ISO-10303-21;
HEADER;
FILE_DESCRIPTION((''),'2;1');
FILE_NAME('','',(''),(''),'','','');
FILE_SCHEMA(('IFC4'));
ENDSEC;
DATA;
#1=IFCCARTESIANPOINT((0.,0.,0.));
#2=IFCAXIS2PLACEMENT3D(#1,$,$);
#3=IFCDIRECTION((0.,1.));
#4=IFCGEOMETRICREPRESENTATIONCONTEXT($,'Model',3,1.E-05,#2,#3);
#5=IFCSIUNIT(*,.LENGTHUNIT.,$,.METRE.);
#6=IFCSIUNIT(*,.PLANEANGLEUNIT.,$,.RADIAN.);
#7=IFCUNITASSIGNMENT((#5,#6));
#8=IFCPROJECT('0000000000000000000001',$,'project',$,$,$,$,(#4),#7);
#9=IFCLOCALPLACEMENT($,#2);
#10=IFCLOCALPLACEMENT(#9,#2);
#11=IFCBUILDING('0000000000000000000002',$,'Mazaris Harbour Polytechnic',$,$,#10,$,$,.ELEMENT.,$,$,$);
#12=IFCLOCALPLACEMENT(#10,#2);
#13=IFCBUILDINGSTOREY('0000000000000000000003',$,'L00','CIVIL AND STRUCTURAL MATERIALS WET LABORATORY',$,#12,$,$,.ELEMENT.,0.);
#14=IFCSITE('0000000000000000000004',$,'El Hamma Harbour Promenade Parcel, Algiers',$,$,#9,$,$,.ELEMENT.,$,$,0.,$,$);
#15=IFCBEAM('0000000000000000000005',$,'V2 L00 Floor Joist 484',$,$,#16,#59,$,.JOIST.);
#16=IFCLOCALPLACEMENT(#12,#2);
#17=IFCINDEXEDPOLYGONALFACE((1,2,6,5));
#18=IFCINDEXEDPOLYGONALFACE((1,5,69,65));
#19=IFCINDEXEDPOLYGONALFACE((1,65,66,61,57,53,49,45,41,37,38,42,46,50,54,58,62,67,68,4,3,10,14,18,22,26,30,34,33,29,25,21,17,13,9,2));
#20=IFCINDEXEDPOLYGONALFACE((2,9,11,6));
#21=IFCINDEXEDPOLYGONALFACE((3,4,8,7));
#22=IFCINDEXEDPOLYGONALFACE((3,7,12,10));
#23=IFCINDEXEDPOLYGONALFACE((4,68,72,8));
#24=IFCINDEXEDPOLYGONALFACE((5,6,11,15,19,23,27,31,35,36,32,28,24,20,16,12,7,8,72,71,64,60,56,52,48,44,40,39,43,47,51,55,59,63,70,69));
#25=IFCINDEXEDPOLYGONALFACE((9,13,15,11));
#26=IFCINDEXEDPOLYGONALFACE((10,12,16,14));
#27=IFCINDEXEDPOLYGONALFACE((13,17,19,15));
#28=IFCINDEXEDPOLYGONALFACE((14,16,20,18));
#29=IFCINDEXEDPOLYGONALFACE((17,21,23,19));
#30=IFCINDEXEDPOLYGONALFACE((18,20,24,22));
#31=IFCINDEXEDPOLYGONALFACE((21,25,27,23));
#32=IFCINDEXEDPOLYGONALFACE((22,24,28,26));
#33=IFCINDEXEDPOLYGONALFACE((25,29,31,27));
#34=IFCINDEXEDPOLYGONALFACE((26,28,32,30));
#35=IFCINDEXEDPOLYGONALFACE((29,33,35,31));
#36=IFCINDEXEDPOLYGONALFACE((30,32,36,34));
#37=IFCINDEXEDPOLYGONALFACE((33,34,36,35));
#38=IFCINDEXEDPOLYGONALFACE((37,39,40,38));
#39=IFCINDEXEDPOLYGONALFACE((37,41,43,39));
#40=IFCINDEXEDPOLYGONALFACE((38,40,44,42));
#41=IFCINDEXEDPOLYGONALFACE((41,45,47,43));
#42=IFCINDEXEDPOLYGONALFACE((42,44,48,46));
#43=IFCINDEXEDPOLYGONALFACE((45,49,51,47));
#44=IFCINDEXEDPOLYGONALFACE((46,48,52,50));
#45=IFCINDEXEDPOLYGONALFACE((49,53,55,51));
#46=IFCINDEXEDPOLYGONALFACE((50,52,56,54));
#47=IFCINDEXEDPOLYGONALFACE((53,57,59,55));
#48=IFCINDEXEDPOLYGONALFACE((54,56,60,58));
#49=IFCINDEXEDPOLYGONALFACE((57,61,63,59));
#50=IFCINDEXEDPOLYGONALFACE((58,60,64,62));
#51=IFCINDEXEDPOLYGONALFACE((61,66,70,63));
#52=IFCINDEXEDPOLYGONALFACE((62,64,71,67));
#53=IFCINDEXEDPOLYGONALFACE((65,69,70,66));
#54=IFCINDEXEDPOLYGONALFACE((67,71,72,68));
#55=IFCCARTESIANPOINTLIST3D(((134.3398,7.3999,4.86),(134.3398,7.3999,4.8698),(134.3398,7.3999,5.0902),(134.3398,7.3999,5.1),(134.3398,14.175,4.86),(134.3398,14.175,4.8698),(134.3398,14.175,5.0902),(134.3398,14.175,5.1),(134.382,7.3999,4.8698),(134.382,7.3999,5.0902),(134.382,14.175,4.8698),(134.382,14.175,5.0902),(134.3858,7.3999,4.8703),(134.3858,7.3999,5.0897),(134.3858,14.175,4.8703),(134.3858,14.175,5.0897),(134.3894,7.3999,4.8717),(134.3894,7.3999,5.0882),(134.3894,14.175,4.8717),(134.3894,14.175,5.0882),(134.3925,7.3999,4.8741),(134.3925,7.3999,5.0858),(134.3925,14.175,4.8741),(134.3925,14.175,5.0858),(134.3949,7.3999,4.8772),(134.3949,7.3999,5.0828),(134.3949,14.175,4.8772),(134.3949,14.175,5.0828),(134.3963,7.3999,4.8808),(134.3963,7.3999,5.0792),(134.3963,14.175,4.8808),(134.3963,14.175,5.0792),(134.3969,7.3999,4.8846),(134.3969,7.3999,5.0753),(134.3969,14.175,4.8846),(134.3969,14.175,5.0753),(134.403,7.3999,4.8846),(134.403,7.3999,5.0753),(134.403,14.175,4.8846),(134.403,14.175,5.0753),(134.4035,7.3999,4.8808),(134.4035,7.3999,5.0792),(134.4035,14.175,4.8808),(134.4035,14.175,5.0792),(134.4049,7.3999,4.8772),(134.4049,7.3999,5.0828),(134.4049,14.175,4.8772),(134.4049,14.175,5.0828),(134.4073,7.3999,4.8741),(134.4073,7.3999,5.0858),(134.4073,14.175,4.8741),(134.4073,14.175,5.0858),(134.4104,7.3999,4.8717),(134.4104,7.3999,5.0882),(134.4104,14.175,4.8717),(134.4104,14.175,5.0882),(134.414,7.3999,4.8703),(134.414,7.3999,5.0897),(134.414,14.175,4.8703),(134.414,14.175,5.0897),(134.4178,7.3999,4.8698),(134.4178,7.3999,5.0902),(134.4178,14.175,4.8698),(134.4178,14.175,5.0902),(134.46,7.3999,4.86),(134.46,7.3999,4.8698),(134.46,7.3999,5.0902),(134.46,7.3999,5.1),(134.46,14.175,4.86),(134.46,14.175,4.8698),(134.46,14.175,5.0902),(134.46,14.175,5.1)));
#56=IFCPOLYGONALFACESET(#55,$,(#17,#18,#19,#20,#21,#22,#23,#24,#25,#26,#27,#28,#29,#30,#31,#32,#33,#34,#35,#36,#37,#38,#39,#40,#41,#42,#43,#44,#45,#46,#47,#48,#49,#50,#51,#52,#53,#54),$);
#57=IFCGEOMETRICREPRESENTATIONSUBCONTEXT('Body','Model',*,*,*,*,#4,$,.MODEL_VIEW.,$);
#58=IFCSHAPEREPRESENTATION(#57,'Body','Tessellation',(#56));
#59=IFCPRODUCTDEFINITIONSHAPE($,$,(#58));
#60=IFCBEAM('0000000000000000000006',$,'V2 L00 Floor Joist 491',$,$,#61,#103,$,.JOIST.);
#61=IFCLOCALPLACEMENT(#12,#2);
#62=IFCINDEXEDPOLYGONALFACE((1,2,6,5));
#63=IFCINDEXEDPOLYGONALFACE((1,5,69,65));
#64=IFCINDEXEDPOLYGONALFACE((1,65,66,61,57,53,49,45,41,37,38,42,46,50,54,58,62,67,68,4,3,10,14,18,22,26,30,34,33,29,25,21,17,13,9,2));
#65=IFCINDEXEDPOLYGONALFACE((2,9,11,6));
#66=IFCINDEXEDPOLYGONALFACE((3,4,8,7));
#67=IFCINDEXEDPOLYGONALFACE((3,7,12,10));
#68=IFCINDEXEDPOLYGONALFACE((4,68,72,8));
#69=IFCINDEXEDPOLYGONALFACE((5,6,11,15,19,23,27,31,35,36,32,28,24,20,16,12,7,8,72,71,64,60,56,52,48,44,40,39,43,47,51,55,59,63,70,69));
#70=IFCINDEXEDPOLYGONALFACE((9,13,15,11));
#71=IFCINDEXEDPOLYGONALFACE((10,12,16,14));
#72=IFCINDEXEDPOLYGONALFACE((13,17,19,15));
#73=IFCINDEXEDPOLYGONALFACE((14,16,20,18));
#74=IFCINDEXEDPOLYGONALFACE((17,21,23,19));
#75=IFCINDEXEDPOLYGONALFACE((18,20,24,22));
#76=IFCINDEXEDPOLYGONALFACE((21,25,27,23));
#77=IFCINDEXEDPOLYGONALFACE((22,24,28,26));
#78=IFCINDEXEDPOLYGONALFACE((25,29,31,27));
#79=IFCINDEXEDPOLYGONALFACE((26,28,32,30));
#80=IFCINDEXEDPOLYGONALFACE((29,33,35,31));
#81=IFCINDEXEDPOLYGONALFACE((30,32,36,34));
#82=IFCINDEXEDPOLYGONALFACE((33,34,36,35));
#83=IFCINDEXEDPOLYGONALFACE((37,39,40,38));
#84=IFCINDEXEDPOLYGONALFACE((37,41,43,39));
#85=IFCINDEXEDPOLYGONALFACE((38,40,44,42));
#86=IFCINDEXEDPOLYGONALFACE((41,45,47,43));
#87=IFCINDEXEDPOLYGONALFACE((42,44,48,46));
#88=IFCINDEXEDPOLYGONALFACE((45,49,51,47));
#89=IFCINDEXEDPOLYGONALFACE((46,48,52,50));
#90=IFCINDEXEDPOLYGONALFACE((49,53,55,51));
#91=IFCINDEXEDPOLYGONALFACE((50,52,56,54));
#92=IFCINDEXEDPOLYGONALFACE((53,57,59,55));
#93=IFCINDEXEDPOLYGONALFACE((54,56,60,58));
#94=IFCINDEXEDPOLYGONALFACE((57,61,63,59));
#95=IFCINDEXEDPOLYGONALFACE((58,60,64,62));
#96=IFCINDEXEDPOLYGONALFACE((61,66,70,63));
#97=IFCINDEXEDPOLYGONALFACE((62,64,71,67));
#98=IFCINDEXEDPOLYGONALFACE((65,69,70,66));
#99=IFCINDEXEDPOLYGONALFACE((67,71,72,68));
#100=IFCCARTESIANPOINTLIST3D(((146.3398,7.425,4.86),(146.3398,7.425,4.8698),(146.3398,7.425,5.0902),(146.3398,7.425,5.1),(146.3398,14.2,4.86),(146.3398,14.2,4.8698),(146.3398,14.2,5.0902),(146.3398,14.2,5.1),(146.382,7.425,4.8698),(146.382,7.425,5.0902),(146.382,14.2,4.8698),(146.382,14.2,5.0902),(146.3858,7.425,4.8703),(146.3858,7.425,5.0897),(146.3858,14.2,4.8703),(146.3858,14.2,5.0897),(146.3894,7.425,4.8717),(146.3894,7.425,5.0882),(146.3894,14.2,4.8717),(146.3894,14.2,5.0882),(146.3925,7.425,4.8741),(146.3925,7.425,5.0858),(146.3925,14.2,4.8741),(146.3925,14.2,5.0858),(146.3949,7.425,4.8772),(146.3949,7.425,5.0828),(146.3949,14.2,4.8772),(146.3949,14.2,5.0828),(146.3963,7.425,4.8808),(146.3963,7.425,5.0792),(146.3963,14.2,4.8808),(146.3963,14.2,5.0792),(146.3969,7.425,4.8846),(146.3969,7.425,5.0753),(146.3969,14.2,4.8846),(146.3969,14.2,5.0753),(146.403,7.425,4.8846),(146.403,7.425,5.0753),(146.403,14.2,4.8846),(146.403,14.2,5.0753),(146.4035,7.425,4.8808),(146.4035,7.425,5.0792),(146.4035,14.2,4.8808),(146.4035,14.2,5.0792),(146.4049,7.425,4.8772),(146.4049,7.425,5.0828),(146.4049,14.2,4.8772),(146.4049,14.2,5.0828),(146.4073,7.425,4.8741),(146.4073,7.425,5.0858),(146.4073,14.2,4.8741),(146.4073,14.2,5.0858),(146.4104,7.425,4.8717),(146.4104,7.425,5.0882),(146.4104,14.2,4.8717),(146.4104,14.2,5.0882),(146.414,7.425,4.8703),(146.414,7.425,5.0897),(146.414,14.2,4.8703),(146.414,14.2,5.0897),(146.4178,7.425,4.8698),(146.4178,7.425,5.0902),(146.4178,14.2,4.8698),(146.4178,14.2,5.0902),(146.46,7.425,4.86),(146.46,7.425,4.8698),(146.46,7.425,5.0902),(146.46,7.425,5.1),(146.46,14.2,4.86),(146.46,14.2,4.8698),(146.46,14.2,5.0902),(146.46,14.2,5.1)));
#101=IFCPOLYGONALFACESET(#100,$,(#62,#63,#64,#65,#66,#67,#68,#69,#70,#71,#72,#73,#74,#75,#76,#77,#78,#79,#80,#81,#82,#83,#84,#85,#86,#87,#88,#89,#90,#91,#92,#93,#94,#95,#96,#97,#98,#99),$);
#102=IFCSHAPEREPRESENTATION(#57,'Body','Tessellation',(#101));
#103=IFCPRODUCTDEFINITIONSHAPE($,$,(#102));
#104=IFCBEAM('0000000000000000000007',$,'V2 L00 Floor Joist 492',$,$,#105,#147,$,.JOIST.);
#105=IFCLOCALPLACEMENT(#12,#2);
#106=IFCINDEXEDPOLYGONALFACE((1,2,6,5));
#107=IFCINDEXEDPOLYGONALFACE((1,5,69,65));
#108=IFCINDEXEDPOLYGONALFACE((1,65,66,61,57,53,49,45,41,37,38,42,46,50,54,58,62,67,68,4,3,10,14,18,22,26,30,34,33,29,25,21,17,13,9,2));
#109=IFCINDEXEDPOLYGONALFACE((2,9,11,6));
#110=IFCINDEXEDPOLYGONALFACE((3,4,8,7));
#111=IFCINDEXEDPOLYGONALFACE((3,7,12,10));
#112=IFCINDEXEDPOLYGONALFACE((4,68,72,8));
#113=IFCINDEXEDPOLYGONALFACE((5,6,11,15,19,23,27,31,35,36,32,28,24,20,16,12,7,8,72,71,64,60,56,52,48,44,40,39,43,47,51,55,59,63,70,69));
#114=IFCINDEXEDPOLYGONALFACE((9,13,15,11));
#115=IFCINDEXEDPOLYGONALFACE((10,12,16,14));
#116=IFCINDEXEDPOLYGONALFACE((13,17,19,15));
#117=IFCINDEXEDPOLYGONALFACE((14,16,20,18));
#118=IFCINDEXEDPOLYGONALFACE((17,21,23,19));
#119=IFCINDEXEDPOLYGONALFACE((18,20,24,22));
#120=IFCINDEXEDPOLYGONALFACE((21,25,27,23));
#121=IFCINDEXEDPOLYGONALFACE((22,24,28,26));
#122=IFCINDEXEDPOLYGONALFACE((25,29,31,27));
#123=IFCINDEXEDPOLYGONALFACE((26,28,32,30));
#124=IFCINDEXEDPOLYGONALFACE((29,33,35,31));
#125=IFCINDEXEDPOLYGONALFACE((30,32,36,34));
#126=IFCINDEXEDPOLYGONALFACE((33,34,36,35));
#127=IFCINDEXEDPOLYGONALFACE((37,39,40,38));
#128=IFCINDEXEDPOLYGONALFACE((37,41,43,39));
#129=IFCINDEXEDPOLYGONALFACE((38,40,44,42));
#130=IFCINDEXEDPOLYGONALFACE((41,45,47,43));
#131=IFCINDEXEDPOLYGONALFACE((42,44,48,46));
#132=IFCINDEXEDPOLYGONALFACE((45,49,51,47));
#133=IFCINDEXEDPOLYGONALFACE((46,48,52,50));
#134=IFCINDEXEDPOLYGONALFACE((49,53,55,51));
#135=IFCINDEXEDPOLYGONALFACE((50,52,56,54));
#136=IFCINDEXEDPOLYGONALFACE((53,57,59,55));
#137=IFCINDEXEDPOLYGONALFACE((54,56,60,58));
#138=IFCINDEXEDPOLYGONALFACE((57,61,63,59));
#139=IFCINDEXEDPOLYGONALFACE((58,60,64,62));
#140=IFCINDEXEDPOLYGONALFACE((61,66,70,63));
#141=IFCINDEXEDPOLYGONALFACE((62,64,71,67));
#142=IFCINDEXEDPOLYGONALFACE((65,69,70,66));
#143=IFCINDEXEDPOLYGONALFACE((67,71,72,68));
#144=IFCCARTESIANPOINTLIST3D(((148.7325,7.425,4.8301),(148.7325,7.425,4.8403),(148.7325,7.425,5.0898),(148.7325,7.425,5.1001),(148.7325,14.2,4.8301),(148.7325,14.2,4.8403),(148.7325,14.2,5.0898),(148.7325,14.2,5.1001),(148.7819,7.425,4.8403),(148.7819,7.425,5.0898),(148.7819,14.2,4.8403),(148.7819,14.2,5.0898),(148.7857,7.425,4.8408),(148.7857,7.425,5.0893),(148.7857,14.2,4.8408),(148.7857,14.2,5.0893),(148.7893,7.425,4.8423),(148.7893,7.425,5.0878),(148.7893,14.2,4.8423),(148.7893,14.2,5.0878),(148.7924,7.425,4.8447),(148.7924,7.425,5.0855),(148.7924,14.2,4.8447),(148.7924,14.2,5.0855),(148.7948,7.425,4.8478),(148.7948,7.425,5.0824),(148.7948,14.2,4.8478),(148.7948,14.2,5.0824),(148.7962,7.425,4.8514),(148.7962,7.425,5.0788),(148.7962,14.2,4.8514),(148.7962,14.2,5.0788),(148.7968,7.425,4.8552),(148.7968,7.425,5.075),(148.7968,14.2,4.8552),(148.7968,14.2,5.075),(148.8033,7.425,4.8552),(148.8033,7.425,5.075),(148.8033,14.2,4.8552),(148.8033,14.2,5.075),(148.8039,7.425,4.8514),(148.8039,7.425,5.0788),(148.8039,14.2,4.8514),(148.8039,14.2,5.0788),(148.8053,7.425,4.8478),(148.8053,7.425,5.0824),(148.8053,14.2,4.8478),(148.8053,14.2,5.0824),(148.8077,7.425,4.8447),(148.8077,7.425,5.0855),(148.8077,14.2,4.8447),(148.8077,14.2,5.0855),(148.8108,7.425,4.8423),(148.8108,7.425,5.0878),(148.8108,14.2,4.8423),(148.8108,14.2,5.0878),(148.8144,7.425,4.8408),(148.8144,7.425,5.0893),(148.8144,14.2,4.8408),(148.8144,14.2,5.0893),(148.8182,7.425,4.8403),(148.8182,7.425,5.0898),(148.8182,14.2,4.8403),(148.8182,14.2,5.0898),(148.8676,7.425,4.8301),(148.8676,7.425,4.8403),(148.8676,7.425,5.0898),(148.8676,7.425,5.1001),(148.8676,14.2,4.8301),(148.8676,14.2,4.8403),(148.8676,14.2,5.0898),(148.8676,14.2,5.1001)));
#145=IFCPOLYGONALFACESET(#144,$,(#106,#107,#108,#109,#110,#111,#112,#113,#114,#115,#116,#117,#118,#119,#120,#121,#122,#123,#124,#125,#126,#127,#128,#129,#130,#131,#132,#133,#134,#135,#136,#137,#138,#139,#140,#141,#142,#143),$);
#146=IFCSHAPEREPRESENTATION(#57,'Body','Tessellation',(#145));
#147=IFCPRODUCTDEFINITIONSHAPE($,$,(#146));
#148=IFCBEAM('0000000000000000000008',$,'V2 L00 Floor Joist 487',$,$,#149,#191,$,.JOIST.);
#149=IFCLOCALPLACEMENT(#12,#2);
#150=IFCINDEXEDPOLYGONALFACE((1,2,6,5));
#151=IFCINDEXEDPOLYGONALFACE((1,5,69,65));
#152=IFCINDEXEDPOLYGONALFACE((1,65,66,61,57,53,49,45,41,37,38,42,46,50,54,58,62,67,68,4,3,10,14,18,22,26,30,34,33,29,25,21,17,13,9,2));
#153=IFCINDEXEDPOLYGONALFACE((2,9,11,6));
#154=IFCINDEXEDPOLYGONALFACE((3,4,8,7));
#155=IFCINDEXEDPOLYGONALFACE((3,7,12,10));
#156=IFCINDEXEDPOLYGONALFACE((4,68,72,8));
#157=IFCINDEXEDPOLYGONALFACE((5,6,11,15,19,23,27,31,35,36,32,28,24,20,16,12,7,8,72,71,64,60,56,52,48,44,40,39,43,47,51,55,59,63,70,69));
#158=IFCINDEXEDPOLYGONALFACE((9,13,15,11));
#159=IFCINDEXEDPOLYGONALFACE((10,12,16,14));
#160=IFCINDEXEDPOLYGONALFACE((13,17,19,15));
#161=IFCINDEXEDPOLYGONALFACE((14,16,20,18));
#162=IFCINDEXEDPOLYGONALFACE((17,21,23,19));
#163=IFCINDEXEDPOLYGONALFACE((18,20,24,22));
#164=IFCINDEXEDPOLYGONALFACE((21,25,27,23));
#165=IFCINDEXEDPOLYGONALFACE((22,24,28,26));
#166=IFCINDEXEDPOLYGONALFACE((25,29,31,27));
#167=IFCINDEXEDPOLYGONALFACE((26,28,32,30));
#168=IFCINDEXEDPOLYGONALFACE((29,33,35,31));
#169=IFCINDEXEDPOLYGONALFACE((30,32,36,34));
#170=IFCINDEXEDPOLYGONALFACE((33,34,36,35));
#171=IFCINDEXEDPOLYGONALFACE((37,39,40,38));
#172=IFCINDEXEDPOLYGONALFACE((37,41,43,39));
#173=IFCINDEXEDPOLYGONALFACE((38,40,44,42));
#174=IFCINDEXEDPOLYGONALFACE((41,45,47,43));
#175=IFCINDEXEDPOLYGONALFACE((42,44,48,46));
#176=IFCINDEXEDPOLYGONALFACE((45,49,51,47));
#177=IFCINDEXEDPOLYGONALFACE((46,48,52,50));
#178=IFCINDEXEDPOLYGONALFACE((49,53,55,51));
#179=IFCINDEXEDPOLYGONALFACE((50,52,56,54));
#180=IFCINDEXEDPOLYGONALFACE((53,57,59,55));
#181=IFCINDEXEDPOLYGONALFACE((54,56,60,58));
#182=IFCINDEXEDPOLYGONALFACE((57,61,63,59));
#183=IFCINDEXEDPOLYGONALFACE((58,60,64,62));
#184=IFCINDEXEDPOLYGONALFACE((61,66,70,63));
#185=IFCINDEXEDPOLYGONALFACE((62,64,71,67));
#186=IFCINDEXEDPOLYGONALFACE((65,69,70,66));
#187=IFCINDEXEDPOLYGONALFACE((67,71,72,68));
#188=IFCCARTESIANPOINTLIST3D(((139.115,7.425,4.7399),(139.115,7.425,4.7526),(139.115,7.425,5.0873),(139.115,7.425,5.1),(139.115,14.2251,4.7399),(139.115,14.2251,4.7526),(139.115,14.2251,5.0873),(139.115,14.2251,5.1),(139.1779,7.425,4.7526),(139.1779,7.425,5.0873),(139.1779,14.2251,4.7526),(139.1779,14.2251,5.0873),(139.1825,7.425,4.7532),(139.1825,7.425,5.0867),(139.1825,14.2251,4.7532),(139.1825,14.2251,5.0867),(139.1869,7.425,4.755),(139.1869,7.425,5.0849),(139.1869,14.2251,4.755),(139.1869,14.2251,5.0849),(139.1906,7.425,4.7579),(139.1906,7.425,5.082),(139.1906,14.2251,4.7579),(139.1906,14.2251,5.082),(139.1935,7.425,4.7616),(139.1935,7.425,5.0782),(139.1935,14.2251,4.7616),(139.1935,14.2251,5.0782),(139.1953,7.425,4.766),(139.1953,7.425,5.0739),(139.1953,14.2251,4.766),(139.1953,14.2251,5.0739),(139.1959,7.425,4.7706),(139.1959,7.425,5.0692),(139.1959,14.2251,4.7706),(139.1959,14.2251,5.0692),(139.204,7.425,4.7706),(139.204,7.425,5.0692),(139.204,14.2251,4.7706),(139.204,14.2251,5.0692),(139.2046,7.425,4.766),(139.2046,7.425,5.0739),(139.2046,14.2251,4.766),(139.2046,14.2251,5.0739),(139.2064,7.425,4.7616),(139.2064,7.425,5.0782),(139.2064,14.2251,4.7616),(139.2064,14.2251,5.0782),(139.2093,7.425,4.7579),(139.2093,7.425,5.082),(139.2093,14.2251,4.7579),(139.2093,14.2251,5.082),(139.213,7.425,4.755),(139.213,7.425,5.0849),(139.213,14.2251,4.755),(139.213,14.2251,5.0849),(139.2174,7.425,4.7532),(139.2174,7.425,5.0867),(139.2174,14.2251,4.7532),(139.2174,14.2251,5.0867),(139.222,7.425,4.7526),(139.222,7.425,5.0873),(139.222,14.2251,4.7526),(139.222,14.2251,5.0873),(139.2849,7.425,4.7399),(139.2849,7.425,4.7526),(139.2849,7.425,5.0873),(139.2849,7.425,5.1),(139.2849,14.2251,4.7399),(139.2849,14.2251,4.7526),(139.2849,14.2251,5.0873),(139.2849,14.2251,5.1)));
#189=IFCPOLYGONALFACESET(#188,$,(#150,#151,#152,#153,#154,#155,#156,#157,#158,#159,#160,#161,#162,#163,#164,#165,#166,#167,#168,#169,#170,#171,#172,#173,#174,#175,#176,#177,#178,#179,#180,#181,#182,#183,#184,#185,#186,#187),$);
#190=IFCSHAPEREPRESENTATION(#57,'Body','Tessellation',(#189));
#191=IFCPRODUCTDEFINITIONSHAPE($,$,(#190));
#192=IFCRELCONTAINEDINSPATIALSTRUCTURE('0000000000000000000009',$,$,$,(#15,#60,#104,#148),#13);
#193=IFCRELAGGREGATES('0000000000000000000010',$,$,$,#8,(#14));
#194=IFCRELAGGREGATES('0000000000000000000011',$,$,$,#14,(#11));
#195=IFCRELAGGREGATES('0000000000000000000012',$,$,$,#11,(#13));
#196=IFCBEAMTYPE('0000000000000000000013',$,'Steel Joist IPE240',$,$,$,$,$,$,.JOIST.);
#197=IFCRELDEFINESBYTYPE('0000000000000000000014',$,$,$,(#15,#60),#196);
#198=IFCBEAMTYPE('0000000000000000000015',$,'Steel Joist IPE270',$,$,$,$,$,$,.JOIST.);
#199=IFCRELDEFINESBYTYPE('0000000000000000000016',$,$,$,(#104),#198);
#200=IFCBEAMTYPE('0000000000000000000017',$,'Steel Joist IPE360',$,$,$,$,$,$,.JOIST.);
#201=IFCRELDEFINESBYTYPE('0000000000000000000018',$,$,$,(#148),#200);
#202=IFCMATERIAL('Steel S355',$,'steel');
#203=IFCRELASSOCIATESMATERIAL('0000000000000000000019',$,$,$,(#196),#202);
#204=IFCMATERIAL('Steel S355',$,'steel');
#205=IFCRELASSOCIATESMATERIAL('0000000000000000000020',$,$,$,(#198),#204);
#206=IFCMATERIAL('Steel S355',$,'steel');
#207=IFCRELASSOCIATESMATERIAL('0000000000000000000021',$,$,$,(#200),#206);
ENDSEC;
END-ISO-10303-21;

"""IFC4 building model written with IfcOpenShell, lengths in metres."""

from ifc_helpers import new_model, si_unit, direction, frame, origin, origin_2d, place, context, subcontext, project, spatial, i_section, extrude, material, material_profile, profile_set, type_object, element, save


model = new_model("IFC4")

# Units and contexts
model_context = context("Model", 3, precision=1e-05, world=origin(), true_north=direction((0.0, 1.0)))
body_context = subcontext(model_context, "Body", "Model", "MODEL_VIEW")
ifc_project = project(units=[si_unit("LENGTHUNIT", "METRE"), si_unit("PLANEANGLEUNIT", "RADIAN")], contexts=[model_context])

# Site, building, storey
site_placement = place(None, origin())
site = spatial("IfcSite", under=ifc_project, at=site_placement, Name="El Hamma Harbour Promenade Parcel, Algiers", CompositionType="ELEMENT", RefElevation=0.0)
building_placement = place(site_placement, origin())
building = spatial("IfcBuilding", under=site, at=building_placement, Name="Mazaris Harbour Polytechnic", CompositionType="ELEMENT")
storey_placement = place(building_placement, origin())
storey = spatial("IfcBuildingStorey", under=building, at=storey_placement, Name="L00", Description="CIVIL AND STRUCTURAL MATERIALS WET LABORATORY", CompositionType="ELEMENT", Elevation=0.0)

# Beams
ifc_material_1 = material(Name="Steel S355", Category="steel")
ifc_material_profile_1 = material_profile(ifc_material_1, i_section(OverallWidth=0.1201, OverallDepth=0.24, WebThickness=0.0061, FlangeThickness=0.0098, FilletRadius=0.0149, at=origin_2d()), Name="IPE 240")
ifc_profile_set_1 = profile_set([ifc_material_profile_1], Name="Steel S355")
beam_type_1 = type_object("IfcBeamType", Name="Steel Joist IPE240", PredefinedType="JOIST", material=ifc_profile_set_1)
beam_1_placement = place(storey_placement, frame((134.3999, 7.3999, 4.98), z_axis=(0.0, 1.0, 0.0), x_axis=(-1.0, 0.0, 0.0)))
element("IfcBeam", 1, at=beam_1_placement, inside=storey, type_object=beam_type_1, Name="V2 L00 Floor Joist 484", PredefinedType="JOIST", context=body_context, shape_type="SweptSolid", body=[
    extrude(i_section(OverallWidth=0.1201, OverallDepth=0.24, WebThickness=0.0061, FlangeThickness=0.0098, FilletRadius=0.0149, at=origin_2d()), origin(), (0.0, 0.0, 1.0), 6.7751),
])
beam_2_placement = place(storey_placement, frame((146.3999, 7.425, 4.98), z_axis=(0.0, 1.0, 0.0), x_axis=(-1.0, 0.0, 0.0)))
element("IfcBeam", 2, at=beam_2_placement, inside=storey, type_object=beam_type_1, Name="V2 L00 Floor Joist 491", PredefinedType="JOIST", context=body_context, shape_type="SweptSolid", body=[
    extrude(i_section(OverallWidth=0.1201, OverallDepth=0.24, WebThickness=0.0061, FlangeThickness=0.0098, FilletRadius=0.0149, at=origin_2d()), origin(), (0.0, 0.0, 1.0), 6.7749),
])
ifc_material_2 = material(Name="Steel S355", Category="steel")
ifc_material_profile_2 = material_profile(ifc_material_2, i_section(OverallWidth=0.135, OverallDepth=0.27, WebThickness=0.0066, FlangeThickness=0.0103, FilletRadius=0.0149, at=origin_2d()), Name="IPE 270")
ifc_profile_set_2 = profile_set([ifc_material_profile_2], Name="Steel S355")
beam_type_2 = type_object("IfcBeamType", Name="Steel Joist IPE270", PredefinedType="JOIST", material=ifc_profile_set_2)
beam_3_placement = place(storey_placement, frame((148.8, 7.425, 4.9651), z_axis=(0.0, 1.0, 0.0), x_axis=(-1.0, 0.0, 0.0)))
element("IfcBeam", 3, at=beam_3_placement, inside=storey, type_object=beam_type_2, Name="V2 L00 Floor Joist 492", PredefinedType="JOIST", context=body_context, shape_type="SweptSolid", body=[
    extrude(i_section(OverallWidth=0.135, OverallDepth=0.27, WebThickness=0.0066, FlangeThickness=0.0103, FilletRadius=0.0149, at=origin_2d()), origin(), (0.0, 0.0, 1.0), 6.7749),
])
ifc_material_3 = material(Name="Steel S355", Category="steel")
ifc_material_profile_3 = material_profile(ifc_material_3, i_section(OverallWidth=0.1699, OverallDepth=0.3601, WebThickness=0.0081, FlangeThickness=0.0127, FilletRadius=0.0181, at=origin_2d()), Name="IPE 360")
ifc_profile_set_3 = profile_set([ifc_material_profile_3], Name="Steel S355")
beam_type_3 = type_object("IfcBeamType", Name="Steel Joist IPE360", PredefinedType="JOIST", material=ifc_profile_set_3)
beam_4_placement = place(storey_placement, frame((139.2, 7.425, 4.9199), z_axis=(0.0, 1.0, 0.0), x_axis=(-1.0, 0.0, 0.0)))
element("IfcBeam", 4, at=beam_4_placement, inside=storey, type_object=beam_type_3, Name="V2 L00 Floor Joist 487", PredefinedType="JOIST", context=body_context, shape_type="SweptSolid", body=[
    extrude(i_section(OverallWidth=0.1699, OverallDepth=0.3601, WebThickness=0.0081, FlangeThickness=0.0127, FilletRadius=0.0181, at=origin_2d()), origin(), (0.0, 0.0, 1.0), 6.8),
])

save(model, "model.ifc")
